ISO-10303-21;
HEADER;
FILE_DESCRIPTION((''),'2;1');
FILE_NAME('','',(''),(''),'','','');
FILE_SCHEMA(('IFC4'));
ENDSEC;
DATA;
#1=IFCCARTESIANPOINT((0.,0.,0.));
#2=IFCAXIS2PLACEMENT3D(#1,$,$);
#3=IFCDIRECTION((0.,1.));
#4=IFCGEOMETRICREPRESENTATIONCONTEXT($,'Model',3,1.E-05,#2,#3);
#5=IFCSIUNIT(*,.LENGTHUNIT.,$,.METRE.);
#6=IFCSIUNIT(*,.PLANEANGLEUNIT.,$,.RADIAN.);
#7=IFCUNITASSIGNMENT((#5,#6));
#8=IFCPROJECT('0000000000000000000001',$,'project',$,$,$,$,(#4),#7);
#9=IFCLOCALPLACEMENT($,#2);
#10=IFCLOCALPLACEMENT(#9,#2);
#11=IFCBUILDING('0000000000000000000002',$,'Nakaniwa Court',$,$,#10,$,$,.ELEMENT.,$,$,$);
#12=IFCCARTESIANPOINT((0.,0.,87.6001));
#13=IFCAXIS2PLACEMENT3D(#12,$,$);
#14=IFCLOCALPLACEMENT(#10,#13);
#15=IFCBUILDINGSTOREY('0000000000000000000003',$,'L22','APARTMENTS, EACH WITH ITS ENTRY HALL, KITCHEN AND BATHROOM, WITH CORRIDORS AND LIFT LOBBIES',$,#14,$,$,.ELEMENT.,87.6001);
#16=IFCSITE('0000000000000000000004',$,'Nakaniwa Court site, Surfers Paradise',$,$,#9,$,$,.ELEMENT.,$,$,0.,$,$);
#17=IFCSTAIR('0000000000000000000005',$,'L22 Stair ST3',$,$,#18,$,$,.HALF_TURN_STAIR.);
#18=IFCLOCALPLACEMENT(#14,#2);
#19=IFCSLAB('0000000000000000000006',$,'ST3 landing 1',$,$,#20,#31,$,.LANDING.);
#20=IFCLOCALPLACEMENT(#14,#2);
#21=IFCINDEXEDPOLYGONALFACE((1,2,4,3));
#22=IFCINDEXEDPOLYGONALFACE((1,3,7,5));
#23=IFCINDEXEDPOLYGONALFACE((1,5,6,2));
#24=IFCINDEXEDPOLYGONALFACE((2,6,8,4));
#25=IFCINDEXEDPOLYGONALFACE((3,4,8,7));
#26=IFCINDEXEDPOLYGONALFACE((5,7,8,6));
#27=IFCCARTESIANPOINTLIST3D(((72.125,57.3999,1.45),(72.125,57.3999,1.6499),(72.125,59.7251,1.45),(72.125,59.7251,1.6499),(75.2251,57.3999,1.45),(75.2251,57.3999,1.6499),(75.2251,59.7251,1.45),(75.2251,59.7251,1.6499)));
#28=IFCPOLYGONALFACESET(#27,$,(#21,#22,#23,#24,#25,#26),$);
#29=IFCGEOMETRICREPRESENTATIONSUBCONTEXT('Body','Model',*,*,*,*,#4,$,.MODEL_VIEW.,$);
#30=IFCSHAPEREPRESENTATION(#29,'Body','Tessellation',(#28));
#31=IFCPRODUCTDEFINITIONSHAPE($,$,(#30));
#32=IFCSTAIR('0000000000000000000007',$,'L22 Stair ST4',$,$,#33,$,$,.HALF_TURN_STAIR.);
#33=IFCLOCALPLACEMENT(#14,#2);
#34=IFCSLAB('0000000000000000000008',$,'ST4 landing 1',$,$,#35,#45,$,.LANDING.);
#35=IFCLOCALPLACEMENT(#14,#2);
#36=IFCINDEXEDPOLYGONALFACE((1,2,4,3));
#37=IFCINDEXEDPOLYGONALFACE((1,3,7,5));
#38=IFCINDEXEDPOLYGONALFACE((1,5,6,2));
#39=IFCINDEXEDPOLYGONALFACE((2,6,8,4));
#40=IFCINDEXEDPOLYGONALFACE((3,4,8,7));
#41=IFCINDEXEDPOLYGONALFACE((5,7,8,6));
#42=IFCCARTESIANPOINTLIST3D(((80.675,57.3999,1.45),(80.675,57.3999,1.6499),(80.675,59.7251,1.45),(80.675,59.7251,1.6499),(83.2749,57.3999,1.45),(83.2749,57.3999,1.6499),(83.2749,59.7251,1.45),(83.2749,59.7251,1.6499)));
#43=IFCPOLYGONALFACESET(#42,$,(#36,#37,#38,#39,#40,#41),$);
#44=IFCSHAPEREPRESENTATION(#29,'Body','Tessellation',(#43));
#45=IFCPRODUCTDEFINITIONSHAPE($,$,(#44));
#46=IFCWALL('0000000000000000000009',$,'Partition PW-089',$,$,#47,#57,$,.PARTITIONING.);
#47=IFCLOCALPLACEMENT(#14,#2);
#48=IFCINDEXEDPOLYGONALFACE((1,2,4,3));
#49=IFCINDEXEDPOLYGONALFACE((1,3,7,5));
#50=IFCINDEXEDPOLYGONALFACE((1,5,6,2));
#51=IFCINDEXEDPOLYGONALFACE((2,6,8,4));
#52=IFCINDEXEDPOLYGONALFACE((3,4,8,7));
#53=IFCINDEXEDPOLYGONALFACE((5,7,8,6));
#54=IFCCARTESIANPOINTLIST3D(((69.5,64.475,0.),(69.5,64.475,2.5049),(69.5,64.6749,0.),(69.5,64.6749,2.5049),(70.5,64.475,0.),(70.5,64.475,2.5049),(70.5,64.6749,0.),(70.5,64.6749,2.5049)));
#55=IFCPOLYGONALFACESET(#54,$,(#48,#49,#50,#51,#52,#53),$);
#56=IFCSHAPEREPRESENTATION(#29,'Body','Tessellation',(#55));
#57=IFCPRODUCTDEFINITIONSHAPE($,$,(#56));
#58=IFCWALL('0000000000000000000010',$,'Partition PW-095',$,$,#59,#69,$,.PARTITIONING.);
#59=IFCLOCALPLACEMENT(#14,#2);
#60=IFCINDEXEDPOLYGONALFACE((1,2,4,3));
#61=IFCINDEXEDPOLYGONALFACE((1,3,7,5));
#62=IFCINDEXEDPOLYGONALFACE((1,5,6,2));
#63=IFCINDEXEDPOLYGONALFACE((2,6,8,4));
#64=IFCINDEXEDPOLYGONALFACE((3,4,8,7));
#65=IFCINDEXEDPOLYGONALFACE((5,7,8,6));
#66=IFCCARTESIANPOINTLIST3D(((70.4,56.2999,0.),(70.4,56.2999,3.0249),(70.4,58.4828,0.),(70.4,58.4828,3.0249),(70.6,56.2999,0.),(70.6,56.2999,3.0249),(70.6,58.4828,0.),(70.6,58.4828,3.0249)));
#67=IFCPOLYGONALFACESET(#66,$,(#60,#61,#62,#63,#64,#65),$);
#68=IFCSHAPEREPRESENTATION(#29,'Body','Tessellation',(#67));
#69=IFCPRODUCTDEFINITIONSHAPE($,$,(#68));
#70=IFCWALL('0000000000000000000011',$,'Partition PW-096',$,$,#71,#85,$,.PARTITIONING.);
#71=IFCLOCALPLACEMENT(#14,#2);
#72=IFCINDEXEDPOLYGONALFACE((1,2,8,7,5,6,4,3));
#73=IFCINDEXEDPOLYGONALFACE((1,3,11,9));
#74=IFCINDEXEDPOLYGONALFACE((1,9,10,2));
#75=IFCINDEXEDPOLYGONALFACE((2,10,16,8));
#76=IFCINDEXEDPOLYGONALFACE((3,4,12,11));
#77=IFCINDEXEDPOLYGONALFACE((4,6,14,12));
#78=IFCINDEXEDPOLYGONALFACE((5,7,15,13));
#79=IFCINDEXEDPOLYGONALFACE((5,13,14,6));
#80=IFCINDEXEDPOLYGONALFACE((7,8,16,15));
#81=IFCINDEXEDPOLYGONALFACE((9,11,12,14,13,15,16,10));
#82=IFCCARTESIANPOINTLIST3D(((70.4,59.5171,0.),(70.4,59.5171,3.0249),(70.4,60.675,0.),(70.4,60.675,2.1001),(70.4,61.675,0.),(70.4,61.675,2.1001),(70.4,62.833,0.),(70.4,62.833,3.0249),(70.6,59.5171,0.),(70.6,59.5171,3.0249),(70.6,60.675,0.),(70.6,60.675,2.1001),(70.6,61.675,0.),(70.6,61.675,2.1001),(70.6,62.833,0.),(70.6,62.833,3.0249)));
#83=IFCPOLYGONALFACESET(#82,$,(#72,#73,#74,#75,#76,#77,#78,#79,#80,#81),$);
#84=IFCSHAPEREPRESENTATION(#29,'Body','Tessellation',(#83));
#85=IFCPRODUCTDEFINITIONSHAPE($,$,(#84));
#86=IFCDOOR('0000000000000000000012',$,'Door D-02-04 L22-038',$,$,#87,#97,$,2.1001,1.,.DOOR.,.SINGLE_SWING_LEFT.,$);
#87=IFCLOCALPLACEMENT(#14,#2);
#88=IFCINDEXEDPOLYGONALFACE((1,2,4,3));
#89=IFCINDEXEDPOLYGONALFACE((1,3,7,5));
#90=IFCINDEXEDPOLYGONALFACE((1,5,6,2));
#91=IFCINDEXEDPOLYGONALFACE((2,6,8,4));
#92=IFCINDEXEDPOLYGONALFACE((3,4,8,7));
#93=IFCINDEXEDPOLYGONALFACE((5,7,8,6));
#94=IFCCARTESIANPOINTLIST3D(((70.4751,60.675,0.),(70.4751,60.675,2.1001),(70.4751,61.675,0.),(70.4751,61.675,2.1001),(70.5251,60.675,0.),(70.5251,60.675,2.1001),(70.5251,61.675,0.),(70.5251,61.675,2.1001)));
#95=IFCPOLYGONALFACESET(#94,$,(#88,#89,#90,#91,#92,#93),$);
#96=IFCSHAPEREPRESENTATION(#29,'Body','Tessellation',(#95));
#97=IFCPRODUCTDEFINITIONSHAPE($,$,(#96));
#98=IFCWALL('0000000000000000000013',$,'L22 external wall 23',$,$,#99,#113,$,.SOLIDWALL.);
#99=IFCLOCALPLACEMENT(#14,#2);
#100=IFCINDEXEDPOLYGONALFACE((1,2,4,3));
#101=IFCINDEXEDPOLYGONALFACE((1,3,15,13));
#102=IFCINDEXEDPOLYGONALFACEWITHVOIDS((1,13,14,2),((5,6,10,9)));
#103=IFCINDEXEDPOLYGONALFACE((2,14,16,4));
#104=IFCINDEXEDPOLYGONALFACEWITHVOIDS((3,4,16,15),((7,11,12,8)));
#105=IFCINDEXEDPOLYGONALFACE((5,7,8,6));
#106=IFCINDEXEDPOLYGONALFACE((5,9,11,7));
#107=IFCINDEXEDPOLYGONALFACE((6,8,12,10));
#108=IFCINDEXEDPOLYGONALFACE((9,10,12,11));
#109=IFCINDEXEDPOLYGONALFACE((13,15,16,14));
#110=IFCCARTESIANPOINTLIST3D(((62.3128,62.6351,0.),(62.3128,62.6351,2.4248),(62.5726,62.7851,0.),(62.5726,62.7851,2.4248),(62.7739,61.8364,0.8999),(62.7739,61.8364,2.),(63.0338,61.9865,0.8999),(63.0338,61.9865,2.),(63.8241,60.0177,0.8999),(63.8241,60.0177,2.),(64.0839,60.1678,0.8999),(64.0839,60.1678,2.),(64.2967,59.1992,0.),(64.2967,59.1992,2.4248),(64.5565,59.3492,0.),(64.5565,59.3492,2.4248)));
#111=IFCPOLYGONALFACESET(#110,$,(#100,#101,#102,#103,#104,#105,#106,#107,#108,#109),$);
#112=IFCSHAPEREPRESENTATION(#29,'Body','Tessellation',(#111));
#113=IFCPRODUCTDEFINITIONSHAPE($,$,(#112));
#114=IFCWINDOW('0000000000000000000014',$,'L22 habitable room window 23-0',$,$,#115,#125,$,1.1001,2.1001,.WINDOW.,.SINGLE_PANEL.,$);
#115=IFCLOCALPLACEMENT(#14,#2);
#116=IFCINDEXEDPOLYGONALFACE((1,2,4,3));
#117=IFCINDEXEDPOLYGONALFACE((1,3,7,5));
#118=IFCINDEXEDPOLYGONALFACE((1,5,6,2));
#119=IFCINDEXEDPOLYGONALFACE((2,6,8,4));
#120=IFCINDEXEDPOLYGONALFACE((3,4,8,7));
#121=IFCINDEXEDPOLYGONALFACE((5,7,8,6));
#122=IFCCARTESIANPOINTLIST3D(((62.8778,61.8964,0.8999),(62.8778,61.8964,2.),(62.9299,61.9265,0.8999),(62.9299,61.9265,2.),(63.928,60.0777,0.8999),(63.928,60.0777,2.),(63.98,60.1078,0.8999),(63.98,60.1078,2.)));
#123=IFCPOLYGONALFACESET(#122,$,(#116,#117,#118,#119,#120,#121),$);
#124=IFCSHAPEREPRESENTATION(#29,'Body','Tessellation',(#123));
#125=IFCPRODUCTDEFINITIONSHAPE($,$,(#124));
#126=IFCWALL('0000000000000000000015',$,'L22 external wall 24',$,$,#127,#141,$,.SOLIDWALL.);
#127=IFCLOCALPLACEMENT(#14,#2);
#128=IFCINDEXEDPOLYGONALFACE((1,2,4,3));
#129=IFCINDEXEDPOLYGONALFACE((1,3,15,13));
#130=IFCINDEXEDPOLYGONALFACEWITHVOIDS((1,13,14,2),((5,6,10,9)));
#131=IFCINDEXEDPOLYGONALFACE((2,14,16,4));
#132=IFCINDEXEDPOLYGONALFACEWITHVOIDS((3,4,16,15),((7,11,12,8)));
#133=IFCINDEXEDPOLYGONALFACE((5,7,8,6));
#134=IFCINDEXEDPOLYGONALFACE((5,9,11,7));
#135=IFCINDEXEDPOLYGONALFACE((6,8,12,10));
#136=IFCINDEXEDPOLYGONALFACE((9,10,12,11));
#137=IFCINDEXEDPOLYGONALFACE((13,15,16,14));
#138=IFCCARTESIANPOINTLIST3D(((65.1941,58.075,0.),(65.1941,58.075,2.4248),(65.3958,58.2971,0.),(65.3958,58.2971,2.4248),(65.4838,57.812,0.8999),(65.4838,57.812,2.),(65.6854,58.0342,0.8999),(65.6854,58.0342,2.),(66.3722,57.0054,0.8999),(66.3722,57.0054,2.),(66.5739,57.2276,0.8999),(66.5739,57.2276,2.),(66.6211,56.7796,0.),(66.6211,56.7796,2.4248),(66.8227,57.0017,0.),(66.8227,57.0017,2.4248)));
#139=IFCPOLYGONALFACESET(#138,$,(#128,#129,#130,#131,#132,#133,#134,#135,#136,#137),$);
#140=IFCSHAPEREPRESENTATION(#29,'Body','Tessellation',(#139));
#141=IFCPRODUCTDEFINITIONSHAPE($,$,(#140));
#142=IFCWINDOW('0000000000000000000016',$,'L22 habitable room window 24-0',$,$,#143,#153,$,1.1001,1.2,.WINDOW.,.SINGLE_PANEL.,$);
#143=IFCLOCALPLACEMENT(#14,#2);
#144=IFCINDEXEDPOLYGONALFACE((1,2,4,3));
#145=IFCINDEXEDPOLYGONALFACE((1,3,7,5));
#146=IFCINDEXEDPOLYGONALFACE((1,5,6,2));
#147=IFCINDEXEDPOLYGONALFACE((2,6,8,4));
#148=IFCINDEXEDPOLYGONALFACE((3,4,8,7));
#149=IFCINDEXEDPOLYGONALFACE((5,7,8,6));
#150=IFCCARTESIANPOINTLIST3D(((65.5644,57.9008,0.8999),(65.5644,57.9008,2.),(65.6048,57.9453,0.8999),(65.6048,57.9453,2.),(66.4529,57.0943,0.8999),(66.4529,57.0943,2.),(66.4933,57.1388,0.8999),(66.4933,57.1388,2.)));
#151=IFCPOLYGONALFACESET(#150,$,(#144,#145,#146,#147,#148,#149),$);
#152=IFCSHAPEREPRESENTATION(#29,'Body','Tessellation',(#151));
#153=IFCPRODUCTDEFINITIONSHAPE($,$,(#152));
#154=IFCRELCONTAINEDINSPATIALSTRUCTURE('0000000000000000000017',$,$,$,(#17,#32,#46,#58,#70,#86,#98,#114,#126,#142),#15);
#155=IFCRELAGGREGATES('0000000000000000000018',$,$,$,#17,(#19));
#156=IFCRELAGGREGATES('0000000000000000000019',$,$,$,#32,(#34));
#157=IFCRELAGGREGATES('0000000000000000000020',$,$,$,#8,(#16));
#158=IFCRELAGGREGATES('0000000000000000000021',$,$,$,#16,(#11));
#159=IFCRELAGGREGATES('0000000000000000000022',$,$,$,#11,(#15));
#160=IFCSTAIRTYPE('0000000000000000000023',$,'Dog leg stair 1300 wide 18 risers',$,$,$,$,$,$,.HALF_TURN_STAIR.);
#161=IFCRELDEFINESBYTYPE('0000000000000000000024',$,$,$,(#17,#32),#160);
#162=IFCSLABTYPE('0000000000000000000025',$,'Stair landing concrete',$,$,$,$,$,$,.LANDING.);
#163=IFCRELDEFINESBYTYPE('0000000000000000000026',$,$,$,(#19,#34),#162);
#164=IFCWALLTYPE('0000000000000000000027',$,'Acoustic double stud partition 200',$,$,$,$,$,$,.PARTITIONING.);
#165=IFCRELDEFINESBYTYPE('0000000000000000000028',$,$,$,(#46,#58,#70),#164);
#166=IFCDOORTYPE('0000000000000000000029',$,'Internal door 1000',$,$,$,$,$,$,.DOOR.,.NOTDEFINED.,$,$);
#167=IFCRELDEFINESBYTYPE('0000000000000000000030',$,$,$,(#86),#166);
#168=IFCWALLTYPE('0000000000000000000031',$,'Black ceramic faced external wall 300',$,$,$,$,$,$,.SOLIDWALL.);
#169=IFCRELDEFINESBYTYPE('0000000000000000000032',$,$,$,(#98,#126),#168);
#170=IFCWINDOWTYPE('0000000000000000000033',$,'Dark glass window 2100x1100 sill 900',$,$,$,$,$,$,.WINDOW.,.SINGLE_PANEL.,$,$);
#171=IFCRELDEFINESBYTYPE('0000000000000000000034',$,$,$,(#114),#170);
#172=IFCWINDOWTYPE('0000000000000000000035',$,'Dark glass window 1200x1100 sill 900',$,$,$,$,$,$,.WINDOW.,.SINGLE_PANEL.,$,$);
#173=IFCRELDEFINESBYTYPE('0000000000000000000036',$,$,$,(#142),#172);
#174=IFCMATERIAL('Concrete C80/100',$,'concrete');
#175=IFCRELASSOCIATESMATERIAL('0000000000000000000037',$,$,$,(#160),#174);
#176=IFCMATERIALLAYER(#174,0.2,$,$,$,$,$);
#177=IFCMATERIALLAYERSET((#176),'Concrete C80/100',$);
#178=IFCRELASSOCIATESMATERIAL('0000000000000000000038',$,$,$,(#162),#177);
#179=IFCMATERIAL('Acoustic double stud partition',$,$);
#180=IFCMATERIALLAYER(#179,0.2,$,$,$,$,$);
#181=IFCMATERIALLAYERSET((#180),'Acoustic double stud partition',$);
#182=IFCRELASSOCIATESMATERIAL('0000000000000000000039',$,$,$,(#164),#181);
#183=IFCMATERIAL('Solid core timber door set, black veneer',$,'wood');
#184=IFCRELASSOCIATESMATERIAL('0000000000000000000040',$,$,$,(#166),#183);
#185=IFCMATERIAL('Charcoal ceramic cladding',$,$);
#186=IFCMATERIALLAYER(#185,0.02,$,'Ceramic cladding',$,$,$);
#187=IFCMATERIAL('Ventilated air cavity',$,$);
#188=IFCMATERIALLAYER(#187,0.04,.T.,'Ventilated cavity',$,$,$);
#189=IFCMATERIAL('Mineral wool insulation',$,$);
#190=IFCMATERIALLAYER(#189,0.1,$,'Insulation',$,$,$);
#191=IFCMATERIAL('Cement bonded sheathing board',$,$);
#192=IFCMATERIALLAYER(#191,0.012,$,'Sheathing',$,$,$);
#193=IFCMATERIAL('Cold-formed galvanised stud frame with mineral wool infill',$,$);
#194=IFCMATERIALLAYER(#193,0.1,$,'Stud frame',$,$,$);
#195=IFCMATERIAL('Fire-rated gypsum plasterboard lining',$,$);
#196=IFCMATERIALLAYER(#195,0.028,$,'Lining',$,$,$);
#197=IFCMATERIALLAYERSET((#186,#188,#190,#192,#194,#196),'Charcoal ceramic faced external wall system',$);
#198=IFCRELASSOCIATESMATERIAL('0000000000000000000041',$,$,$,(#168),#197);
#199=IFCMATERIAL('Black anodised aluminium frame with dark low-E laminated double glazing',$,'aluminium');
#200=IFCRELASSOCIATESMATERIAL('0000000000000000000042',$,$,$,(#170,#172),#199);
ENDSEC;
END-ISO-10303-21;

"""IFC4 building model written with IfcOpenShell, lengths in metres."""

from ifc_helpers import new_model, si_unit, direction, frame, frame_2d, origin, place, context, subcontext, project, spatial, polyline, rectangle, outline, extrude, material, layer, layer_set, type_object, element, fill, aggregate, save


model = new_model("IFC4")

# Units and contexts
model_context = context("Model", 3, precision=1e-05, world=origin(), true_north=direction((0.0, 1.0)))
body_context = subcontext(model_context, "Body", "Model", "MODEL_VIEW")
ifc_project = project(units=[si_unit("LENGTHUNIT", "METRE"), si_unit("PLANEANGLEUNIT", "RADIAN")], contexts=[model_context])

# Site, building, storey
site_placement = place(None, origin())
site = spatial("IfcSite", under=ifc_project, at=site_placement, Name="Nakaniwa Court site, Surfers Paradise", CompositionType="ELEMENT", RefElevation=0.0)
building_placement = place(site_placement, origin())
building = spatial("IfcBuilding", under=site, at=building_placement, Name="Nakaniwa Court", CompositionType="ELEMENT")
storey_placement = place(building_placement, frame((0.0, 0.0, 87.6001)))
storey = spatial("IfcBuildingStorey", under=building, at=storey_placement, Name="L22", Description="APARTMENTS, EACH WITH ITS ENTRY HALL, KITCHEN AND BATHROOM, WITH CORRIDORS AND LIFT LOBBIES", CompositionType="ELEMENT", Elevation=87.6001)

# Shared definitions
ifc_material_1 = material(Name="Concrete C80/100", Category="concrete")

# Stairs, slabs
stair_type = type_object("IfcStairType", Name="Dog leg stair 1300 wide 18 risers", PredefinedType="HALF_TURN_STAIR", material=ifc_material_1)
ifc_layer_1 = layer(ifc_material_1, 0.2)
ifc_layer_set_1 = layer_set([ifc_layer_1], Name="Concrete C80/100")
slab_type_1 = type_object("IfcSlabType", Name="Stair landing concrete", PredefinedType="LANDING", material=ifc_layer_set_1)
stair_1_placement = place(storey_placement, origin())
stair_1 = element("IfcStair", 1, at=stair_1_placement, inside=storey, type_object=stair_type, Name="L22 Stair ST3", PredefinedType="HALF_TURN_STAIR")
slab_1_placement = place(storey_placement, frame((0.0, 0.0, 1.45)))
slab_1 = element("IfcSlab", 2, at=slab_1_placement, type_object=slab_type_1, Name="ST3 landing 1", PredefinedType="LANDING", context=body_context, shape_type="SweptSolid", body=[
    extrude(outline(polyline([(75.2251, 57.3999), (75.2251, 59.7251), (72.125, 59.7251), (72.125, 57.3999), (75.2251, 57.3999)])), origin(), (0.0, 0.0, 1.0), 0.2),
])
aggregate(stair_1, [slab_1])
stair_2_placement = place(storey_placement, origin())
stair_2 = element("IfcStair", 3, at=stair_2_placement, inside=storey, type_object=stair_type, Name="L22 Stair ST4", PredefinedType="HALF_TURN_STAIR")
slab_2_placement = place(storey_placement, frame((0.0, 0.0, 1.45)))
slab_2 = element("IfcSlab", 4, at=slab_2_placement, type_object=slab_type_1, Name="ST4 landing 1", PredefinedType="LANDING", context=body_context, shape_type="SweptSolid", body=[
    extrude(outline(polyline([(83.2749, 57.3999), (83.2749, 59.7251), (80.675, 59.7251), (80.675, 57.3999), (83.2749, 57.3999)])), origin(), (0.0, 0.0, 1.0), 0.2),
])
aggregate(stair_2, [slab_2])

# Walls
ifc_material_2 = material(Name="Acoustic double stud partition")
ifc_layer_2 = layer(ifc_material_2, 0.2)
ifc_layer_set_2 = layer_set([ifc_layer_2], Name="Acoustic double stud partition")
wall_type_1 = type_object("IfcWallType", Name="Acoustic double stud partition 200", PredefinedType="PARTITIONING", material=ifc_layer_set_2)
wall_1_placement = place(storey_placement, frame((69.5, 64.575, 0.0), z_axis=(0.0, 0.0, 1.0), x_axis=(1.0, 0.0, 0.0)))
element("IfcWall", 5, at=wall_1_placement, inside=storey, type_object=wall_type_1, Name="Partition PW-089", PredefinedType="PARTITIONING", context=body_context, shape_type="SweptSolid", body=[
    extrude(rectangle(XDim=1.0, YDim=0.2, at=frame_2d((0.5, 0.0))), origin(), (0.0, 0.0, 1.0), 2.5049),
])
wall_2_placement = place(storey_placement, frame((70.5, 56.3, 0.0), z_axis=(0.0, 0.0, 1.0), x_axis=(0.0, 1.0, 0.0)))
element("IfcWall", 6, at=wall_2_placement, inside=storey, type_object=wall_type_1, Name="Partition PW-095", PredefinedType="PARTITIONING", context=body_context, shape_type="SweptSolid", body=[
    extrude(rectangle(XDim=2.1829, YDim=0.2, at=frame_2d((1.0913, 0.0))), origin(), (0.0, 0.0, 1.0), 3.0249),
])

# Wall, opening, door
wall_3_placement = place(storey_placement, frame((70.5, 59.5171, 0.0), z_axis=(0.0, 0.0, 1.0), x_axis=(0.0, 1.0, 0.0)))
wall_3 = element("IfcWall", 7, at=wall_3_placement, inside=storey, type_object=wall_type_1, Name="Partition PW-096", PredefinedType="PARTITIONING", context=body_context, shape_type="SweptSolid", body=[
    extrude(rectangle(XDim=3.3159, YDim=0.2, at=frame_2d((1.658, 0.0))), origin(), (0.0, 0.0, 1.0), 3.0249),
])
opening_1_placement = place(wall_3_placement, frame((1.158, 0.0, 0.0)))
opening_1 = element("IfcOpeningElement", 8, at=opening_1_placement, cuts=wall_3, PredefinedType="OPENING", context=body_context, shape_type="SweptSolid", body=[
    extrude(rectangle(XDim=1.0, YDim=2.1001, at=frame_2d((0.5, 1.05))), frame((0.0, 0.1099, 0.0), z_axis=(0.0, -1.0, 0.0), x_axis=(1.0, 0.0, 0.0)), (0.0, 0.0, 1.0), 0.22),
])
ifc_material_3 = material(Name="Solid core timber door set, black veneer", Category="wood")
door_type = type_object("IfcDoorType", Name="Internal door 1000", OperationType="NOTDEFINED", PredefinedType="DOOR", material=ifc_material_3)
door_placement = place(opening_1_placement, origin())
door = element("IfcDoor", 9, at=door_placement, inside=storey, type_object=door_type, Name="Door D-02-04 L22-038", OperationType="SINGLE_SWING_LEFT", OverallHeight=2.1001, OverallWidth=1.0, PredefinedType="DOOR", context=body_context, shape_type="SweptSolid", body=[
    extrude(rectangle(XDim=1.0, YDim=2.1001, at=frame_2d((0.5, 1.05))), frame((0.0, 0.0249, 0.0), z_axis=(0.0, -1.0, 0.0), x_axis=(1.0, 0.0, 0.0)), (0.0, 0.0, 1.0), 0.05),
])
fill(opening_1, door)

# Walls, openings, windows
ifc_material_4 = material(Name="Charcoal ceramic cladding")
ifc_layer_3 = layer(ifc_material_4, 0.02, Name="Ceramic cladding")
ifc_material_5 = material(Name="Ventilated air cavity")
ifc_layer_4 = layer(ifc_material_5, 0.04, ventilated=True, Name="Ventilated cavity")
ifc_material_6 = material(Name="Mineral wool insulation")
ifc_layer_5 = layer(ifc_material_6, 0.1, Name="Insulation")
ifc_material_7 = material(Name="Cement bonded sheathing board")
ifc_layer_6 = layer(ifc_material_7, 0.012, Name="Sheathing")
ifc_material_8 = material(Name="Cold-formed galvanised stud frame with mineral wool infill")
ifc_layer_7 = layer(ifc_material_8, 0.1, Name="Stud frame")
ifc_material_9 = material(Name="Fire-rated gypsum plasterboard lining")
ifc_layer_8 = layer(ifc_material_9, 0.028, Name="Lining")
ifc_layer_set_3 = layer_set([ifc_layer_3, ifc_layer_4, ifc_layer_5, ifc_layer_6, ifc_layer_7, ifc_layer_8], Name="Charcoal ceramic faced external wall system")
wall_type_2 = type_object("IfcWallType", Name="Black ceramic faced external wall 300", PredefinedType="SOLIDWALL", material=ifc_layer_set_3)
wall_4_placement = place(storey_placement, frame((62.4426, 62.7102, 0.0), z_axis=(0.0, 0.0, 1.0), x_axis=(0.500044, -0.866, 0.0)))
wall_4 = element("IfcWall", 10, at=wall_4_placement, inside=storey, type_object=wall_type_2, Name="L22 external wall 23", PredefinedType="SOLIDWALL", context=body_context, shape_type="SweptSolid", body=[
    extrude(rectangle(XDim=3.9675, YDim=0.3, at=frame_2d((1.9839, 0.0))), origin(), (0.0, 0.0, 1.0), 2.4248),
])
opening_2_placement = place(wall_4_placement, frame((0.9224, 0.0, 0.8999)))
opening_2 = element("IfcOpeningElement", 11, at=opening_2_placement, cuts=wall_4, PredefinedType="OPENING", context=body_context, shape_type="SweptSolid", body=[
    extrude(rectangle(XDim=2.1001, YDim=1.1001, at=frame_2d((1.05, 0.55))), frame((0.0, 0.1599, 0.0), z_axis=(0.0, -1.0, 0.0), x_axis=(1.0, 0.0, 0.0)), (0.0, 0.0, 1.0), 0.3201),
])
ifc_material_10 = material(Name="Black anodised aluminium frame with dark low-E laminated double glazing", Category="aluminium")
window_type_1 = type_object("IfcWindowType", Name="Dark glass window 2100x1100 sill 900", PartitioningType="SINGLE_PANEL", PredefinedType="WINDOW", material=ifc_material_10)
window_1_placement = place(opening_2_placement, origin())
window_1 = element("IfcWindow", 12, at=window_1_placement, inside=storey, type_object=window_type_1, Name="L22 habitable room window 23-0", OverallHeight=1.1001, OverallWidth=2.1001, PartitioningType="SINGLE_PANEL", PredefinedType="WINDOW", context=body_context, shape_type="SweptSolid", body=[
    extrude(rectangle(XDim=2.1001, YDim=1.1001, at=frame_2d((1.05, 0.55))), frame((0.0, 0.03, 0.0), z_axis=(0.0, -1.0, 0.0), x_axis=(1.0, 0.0, 0.0)), (0.0, 0.0, 1.0), 0.0601),
])
fill(opening_2, window_1)
wall_5_placement = place(storey_placement, frame((65.2949, 58.186, 0.0), z_axis=(0.0, 0.0, 1.0), x_axis=(0.740421, -0.672143, 0.0)))
wall_5 = element("IfcWall", 13, at=wall_5_placement, inside=storey, type_object=wall_type_2, Name="L22 external wall 24", PredefinedType="SOLIDWALL", context=body_context, shape_type="SweptSolid", body=[
    extrude(rectangle(XDim=1.9272, YDim=0.3, at=frame_2d((0.9636, 0.0))), origin(), (0.0, 0.0, 1.0), 2.4248),
])
opening_3_placement = place(wall_5_placement, frame((0.3911, 0.0, 0.8999)))
opening_3 = element("IfcOpeningElement", 14, at=opening_3_placement, cuts=wall_5, PredefinedType="OPENING", context=body_context, shape_type="SweptSolid", body=[
    extrude(rectangle(XDim=1.2, YDim=1.1001, at=frame_2d((0.6001, 0.55))), frame((0.0, 0.1599, 0.0), z_axis=(0.0, -1.0, 0.0), x_axis=(1.0, 0.0, 0.0)), (0.0, 0.0, 1.0), 0.3201),
])
window_type_2 = type_object("IfcWindowType", Name="Dark glass window 1200x1100 sill 900", PartitioningType="SINGLE_PANEL", PredefinedType="WINDOW", material=ifc_material_10)
window_2_placement = place(opening_3_placement, origin())
window_2 = element("IfcWindow", 15, at=window_2_placement, inside=storey, type_object=window_type_2, Name="L22 habitable room window 24-0", OverallHeight=1.1001, OverallWidth=1.2, PartitioningType="SINGLE_PANEL", PredefinedType="WINDOW", context=body_context, shape_type="SweptSolid", body=[
    extrude(rectangle(XDim=1.2, YDim=1.1001, at=frame_2d((0.6001, 0.55))), frame((0.0, 0.03, 0.0), z_axis=(0.0, -1.0, 0.0), x_axis=(1.0, 0.0, 0.0)), (0.0, 0.0, 1.0), 0.0601),
])
fill(opening_3, window_2)

save(model, "model.ifc")
